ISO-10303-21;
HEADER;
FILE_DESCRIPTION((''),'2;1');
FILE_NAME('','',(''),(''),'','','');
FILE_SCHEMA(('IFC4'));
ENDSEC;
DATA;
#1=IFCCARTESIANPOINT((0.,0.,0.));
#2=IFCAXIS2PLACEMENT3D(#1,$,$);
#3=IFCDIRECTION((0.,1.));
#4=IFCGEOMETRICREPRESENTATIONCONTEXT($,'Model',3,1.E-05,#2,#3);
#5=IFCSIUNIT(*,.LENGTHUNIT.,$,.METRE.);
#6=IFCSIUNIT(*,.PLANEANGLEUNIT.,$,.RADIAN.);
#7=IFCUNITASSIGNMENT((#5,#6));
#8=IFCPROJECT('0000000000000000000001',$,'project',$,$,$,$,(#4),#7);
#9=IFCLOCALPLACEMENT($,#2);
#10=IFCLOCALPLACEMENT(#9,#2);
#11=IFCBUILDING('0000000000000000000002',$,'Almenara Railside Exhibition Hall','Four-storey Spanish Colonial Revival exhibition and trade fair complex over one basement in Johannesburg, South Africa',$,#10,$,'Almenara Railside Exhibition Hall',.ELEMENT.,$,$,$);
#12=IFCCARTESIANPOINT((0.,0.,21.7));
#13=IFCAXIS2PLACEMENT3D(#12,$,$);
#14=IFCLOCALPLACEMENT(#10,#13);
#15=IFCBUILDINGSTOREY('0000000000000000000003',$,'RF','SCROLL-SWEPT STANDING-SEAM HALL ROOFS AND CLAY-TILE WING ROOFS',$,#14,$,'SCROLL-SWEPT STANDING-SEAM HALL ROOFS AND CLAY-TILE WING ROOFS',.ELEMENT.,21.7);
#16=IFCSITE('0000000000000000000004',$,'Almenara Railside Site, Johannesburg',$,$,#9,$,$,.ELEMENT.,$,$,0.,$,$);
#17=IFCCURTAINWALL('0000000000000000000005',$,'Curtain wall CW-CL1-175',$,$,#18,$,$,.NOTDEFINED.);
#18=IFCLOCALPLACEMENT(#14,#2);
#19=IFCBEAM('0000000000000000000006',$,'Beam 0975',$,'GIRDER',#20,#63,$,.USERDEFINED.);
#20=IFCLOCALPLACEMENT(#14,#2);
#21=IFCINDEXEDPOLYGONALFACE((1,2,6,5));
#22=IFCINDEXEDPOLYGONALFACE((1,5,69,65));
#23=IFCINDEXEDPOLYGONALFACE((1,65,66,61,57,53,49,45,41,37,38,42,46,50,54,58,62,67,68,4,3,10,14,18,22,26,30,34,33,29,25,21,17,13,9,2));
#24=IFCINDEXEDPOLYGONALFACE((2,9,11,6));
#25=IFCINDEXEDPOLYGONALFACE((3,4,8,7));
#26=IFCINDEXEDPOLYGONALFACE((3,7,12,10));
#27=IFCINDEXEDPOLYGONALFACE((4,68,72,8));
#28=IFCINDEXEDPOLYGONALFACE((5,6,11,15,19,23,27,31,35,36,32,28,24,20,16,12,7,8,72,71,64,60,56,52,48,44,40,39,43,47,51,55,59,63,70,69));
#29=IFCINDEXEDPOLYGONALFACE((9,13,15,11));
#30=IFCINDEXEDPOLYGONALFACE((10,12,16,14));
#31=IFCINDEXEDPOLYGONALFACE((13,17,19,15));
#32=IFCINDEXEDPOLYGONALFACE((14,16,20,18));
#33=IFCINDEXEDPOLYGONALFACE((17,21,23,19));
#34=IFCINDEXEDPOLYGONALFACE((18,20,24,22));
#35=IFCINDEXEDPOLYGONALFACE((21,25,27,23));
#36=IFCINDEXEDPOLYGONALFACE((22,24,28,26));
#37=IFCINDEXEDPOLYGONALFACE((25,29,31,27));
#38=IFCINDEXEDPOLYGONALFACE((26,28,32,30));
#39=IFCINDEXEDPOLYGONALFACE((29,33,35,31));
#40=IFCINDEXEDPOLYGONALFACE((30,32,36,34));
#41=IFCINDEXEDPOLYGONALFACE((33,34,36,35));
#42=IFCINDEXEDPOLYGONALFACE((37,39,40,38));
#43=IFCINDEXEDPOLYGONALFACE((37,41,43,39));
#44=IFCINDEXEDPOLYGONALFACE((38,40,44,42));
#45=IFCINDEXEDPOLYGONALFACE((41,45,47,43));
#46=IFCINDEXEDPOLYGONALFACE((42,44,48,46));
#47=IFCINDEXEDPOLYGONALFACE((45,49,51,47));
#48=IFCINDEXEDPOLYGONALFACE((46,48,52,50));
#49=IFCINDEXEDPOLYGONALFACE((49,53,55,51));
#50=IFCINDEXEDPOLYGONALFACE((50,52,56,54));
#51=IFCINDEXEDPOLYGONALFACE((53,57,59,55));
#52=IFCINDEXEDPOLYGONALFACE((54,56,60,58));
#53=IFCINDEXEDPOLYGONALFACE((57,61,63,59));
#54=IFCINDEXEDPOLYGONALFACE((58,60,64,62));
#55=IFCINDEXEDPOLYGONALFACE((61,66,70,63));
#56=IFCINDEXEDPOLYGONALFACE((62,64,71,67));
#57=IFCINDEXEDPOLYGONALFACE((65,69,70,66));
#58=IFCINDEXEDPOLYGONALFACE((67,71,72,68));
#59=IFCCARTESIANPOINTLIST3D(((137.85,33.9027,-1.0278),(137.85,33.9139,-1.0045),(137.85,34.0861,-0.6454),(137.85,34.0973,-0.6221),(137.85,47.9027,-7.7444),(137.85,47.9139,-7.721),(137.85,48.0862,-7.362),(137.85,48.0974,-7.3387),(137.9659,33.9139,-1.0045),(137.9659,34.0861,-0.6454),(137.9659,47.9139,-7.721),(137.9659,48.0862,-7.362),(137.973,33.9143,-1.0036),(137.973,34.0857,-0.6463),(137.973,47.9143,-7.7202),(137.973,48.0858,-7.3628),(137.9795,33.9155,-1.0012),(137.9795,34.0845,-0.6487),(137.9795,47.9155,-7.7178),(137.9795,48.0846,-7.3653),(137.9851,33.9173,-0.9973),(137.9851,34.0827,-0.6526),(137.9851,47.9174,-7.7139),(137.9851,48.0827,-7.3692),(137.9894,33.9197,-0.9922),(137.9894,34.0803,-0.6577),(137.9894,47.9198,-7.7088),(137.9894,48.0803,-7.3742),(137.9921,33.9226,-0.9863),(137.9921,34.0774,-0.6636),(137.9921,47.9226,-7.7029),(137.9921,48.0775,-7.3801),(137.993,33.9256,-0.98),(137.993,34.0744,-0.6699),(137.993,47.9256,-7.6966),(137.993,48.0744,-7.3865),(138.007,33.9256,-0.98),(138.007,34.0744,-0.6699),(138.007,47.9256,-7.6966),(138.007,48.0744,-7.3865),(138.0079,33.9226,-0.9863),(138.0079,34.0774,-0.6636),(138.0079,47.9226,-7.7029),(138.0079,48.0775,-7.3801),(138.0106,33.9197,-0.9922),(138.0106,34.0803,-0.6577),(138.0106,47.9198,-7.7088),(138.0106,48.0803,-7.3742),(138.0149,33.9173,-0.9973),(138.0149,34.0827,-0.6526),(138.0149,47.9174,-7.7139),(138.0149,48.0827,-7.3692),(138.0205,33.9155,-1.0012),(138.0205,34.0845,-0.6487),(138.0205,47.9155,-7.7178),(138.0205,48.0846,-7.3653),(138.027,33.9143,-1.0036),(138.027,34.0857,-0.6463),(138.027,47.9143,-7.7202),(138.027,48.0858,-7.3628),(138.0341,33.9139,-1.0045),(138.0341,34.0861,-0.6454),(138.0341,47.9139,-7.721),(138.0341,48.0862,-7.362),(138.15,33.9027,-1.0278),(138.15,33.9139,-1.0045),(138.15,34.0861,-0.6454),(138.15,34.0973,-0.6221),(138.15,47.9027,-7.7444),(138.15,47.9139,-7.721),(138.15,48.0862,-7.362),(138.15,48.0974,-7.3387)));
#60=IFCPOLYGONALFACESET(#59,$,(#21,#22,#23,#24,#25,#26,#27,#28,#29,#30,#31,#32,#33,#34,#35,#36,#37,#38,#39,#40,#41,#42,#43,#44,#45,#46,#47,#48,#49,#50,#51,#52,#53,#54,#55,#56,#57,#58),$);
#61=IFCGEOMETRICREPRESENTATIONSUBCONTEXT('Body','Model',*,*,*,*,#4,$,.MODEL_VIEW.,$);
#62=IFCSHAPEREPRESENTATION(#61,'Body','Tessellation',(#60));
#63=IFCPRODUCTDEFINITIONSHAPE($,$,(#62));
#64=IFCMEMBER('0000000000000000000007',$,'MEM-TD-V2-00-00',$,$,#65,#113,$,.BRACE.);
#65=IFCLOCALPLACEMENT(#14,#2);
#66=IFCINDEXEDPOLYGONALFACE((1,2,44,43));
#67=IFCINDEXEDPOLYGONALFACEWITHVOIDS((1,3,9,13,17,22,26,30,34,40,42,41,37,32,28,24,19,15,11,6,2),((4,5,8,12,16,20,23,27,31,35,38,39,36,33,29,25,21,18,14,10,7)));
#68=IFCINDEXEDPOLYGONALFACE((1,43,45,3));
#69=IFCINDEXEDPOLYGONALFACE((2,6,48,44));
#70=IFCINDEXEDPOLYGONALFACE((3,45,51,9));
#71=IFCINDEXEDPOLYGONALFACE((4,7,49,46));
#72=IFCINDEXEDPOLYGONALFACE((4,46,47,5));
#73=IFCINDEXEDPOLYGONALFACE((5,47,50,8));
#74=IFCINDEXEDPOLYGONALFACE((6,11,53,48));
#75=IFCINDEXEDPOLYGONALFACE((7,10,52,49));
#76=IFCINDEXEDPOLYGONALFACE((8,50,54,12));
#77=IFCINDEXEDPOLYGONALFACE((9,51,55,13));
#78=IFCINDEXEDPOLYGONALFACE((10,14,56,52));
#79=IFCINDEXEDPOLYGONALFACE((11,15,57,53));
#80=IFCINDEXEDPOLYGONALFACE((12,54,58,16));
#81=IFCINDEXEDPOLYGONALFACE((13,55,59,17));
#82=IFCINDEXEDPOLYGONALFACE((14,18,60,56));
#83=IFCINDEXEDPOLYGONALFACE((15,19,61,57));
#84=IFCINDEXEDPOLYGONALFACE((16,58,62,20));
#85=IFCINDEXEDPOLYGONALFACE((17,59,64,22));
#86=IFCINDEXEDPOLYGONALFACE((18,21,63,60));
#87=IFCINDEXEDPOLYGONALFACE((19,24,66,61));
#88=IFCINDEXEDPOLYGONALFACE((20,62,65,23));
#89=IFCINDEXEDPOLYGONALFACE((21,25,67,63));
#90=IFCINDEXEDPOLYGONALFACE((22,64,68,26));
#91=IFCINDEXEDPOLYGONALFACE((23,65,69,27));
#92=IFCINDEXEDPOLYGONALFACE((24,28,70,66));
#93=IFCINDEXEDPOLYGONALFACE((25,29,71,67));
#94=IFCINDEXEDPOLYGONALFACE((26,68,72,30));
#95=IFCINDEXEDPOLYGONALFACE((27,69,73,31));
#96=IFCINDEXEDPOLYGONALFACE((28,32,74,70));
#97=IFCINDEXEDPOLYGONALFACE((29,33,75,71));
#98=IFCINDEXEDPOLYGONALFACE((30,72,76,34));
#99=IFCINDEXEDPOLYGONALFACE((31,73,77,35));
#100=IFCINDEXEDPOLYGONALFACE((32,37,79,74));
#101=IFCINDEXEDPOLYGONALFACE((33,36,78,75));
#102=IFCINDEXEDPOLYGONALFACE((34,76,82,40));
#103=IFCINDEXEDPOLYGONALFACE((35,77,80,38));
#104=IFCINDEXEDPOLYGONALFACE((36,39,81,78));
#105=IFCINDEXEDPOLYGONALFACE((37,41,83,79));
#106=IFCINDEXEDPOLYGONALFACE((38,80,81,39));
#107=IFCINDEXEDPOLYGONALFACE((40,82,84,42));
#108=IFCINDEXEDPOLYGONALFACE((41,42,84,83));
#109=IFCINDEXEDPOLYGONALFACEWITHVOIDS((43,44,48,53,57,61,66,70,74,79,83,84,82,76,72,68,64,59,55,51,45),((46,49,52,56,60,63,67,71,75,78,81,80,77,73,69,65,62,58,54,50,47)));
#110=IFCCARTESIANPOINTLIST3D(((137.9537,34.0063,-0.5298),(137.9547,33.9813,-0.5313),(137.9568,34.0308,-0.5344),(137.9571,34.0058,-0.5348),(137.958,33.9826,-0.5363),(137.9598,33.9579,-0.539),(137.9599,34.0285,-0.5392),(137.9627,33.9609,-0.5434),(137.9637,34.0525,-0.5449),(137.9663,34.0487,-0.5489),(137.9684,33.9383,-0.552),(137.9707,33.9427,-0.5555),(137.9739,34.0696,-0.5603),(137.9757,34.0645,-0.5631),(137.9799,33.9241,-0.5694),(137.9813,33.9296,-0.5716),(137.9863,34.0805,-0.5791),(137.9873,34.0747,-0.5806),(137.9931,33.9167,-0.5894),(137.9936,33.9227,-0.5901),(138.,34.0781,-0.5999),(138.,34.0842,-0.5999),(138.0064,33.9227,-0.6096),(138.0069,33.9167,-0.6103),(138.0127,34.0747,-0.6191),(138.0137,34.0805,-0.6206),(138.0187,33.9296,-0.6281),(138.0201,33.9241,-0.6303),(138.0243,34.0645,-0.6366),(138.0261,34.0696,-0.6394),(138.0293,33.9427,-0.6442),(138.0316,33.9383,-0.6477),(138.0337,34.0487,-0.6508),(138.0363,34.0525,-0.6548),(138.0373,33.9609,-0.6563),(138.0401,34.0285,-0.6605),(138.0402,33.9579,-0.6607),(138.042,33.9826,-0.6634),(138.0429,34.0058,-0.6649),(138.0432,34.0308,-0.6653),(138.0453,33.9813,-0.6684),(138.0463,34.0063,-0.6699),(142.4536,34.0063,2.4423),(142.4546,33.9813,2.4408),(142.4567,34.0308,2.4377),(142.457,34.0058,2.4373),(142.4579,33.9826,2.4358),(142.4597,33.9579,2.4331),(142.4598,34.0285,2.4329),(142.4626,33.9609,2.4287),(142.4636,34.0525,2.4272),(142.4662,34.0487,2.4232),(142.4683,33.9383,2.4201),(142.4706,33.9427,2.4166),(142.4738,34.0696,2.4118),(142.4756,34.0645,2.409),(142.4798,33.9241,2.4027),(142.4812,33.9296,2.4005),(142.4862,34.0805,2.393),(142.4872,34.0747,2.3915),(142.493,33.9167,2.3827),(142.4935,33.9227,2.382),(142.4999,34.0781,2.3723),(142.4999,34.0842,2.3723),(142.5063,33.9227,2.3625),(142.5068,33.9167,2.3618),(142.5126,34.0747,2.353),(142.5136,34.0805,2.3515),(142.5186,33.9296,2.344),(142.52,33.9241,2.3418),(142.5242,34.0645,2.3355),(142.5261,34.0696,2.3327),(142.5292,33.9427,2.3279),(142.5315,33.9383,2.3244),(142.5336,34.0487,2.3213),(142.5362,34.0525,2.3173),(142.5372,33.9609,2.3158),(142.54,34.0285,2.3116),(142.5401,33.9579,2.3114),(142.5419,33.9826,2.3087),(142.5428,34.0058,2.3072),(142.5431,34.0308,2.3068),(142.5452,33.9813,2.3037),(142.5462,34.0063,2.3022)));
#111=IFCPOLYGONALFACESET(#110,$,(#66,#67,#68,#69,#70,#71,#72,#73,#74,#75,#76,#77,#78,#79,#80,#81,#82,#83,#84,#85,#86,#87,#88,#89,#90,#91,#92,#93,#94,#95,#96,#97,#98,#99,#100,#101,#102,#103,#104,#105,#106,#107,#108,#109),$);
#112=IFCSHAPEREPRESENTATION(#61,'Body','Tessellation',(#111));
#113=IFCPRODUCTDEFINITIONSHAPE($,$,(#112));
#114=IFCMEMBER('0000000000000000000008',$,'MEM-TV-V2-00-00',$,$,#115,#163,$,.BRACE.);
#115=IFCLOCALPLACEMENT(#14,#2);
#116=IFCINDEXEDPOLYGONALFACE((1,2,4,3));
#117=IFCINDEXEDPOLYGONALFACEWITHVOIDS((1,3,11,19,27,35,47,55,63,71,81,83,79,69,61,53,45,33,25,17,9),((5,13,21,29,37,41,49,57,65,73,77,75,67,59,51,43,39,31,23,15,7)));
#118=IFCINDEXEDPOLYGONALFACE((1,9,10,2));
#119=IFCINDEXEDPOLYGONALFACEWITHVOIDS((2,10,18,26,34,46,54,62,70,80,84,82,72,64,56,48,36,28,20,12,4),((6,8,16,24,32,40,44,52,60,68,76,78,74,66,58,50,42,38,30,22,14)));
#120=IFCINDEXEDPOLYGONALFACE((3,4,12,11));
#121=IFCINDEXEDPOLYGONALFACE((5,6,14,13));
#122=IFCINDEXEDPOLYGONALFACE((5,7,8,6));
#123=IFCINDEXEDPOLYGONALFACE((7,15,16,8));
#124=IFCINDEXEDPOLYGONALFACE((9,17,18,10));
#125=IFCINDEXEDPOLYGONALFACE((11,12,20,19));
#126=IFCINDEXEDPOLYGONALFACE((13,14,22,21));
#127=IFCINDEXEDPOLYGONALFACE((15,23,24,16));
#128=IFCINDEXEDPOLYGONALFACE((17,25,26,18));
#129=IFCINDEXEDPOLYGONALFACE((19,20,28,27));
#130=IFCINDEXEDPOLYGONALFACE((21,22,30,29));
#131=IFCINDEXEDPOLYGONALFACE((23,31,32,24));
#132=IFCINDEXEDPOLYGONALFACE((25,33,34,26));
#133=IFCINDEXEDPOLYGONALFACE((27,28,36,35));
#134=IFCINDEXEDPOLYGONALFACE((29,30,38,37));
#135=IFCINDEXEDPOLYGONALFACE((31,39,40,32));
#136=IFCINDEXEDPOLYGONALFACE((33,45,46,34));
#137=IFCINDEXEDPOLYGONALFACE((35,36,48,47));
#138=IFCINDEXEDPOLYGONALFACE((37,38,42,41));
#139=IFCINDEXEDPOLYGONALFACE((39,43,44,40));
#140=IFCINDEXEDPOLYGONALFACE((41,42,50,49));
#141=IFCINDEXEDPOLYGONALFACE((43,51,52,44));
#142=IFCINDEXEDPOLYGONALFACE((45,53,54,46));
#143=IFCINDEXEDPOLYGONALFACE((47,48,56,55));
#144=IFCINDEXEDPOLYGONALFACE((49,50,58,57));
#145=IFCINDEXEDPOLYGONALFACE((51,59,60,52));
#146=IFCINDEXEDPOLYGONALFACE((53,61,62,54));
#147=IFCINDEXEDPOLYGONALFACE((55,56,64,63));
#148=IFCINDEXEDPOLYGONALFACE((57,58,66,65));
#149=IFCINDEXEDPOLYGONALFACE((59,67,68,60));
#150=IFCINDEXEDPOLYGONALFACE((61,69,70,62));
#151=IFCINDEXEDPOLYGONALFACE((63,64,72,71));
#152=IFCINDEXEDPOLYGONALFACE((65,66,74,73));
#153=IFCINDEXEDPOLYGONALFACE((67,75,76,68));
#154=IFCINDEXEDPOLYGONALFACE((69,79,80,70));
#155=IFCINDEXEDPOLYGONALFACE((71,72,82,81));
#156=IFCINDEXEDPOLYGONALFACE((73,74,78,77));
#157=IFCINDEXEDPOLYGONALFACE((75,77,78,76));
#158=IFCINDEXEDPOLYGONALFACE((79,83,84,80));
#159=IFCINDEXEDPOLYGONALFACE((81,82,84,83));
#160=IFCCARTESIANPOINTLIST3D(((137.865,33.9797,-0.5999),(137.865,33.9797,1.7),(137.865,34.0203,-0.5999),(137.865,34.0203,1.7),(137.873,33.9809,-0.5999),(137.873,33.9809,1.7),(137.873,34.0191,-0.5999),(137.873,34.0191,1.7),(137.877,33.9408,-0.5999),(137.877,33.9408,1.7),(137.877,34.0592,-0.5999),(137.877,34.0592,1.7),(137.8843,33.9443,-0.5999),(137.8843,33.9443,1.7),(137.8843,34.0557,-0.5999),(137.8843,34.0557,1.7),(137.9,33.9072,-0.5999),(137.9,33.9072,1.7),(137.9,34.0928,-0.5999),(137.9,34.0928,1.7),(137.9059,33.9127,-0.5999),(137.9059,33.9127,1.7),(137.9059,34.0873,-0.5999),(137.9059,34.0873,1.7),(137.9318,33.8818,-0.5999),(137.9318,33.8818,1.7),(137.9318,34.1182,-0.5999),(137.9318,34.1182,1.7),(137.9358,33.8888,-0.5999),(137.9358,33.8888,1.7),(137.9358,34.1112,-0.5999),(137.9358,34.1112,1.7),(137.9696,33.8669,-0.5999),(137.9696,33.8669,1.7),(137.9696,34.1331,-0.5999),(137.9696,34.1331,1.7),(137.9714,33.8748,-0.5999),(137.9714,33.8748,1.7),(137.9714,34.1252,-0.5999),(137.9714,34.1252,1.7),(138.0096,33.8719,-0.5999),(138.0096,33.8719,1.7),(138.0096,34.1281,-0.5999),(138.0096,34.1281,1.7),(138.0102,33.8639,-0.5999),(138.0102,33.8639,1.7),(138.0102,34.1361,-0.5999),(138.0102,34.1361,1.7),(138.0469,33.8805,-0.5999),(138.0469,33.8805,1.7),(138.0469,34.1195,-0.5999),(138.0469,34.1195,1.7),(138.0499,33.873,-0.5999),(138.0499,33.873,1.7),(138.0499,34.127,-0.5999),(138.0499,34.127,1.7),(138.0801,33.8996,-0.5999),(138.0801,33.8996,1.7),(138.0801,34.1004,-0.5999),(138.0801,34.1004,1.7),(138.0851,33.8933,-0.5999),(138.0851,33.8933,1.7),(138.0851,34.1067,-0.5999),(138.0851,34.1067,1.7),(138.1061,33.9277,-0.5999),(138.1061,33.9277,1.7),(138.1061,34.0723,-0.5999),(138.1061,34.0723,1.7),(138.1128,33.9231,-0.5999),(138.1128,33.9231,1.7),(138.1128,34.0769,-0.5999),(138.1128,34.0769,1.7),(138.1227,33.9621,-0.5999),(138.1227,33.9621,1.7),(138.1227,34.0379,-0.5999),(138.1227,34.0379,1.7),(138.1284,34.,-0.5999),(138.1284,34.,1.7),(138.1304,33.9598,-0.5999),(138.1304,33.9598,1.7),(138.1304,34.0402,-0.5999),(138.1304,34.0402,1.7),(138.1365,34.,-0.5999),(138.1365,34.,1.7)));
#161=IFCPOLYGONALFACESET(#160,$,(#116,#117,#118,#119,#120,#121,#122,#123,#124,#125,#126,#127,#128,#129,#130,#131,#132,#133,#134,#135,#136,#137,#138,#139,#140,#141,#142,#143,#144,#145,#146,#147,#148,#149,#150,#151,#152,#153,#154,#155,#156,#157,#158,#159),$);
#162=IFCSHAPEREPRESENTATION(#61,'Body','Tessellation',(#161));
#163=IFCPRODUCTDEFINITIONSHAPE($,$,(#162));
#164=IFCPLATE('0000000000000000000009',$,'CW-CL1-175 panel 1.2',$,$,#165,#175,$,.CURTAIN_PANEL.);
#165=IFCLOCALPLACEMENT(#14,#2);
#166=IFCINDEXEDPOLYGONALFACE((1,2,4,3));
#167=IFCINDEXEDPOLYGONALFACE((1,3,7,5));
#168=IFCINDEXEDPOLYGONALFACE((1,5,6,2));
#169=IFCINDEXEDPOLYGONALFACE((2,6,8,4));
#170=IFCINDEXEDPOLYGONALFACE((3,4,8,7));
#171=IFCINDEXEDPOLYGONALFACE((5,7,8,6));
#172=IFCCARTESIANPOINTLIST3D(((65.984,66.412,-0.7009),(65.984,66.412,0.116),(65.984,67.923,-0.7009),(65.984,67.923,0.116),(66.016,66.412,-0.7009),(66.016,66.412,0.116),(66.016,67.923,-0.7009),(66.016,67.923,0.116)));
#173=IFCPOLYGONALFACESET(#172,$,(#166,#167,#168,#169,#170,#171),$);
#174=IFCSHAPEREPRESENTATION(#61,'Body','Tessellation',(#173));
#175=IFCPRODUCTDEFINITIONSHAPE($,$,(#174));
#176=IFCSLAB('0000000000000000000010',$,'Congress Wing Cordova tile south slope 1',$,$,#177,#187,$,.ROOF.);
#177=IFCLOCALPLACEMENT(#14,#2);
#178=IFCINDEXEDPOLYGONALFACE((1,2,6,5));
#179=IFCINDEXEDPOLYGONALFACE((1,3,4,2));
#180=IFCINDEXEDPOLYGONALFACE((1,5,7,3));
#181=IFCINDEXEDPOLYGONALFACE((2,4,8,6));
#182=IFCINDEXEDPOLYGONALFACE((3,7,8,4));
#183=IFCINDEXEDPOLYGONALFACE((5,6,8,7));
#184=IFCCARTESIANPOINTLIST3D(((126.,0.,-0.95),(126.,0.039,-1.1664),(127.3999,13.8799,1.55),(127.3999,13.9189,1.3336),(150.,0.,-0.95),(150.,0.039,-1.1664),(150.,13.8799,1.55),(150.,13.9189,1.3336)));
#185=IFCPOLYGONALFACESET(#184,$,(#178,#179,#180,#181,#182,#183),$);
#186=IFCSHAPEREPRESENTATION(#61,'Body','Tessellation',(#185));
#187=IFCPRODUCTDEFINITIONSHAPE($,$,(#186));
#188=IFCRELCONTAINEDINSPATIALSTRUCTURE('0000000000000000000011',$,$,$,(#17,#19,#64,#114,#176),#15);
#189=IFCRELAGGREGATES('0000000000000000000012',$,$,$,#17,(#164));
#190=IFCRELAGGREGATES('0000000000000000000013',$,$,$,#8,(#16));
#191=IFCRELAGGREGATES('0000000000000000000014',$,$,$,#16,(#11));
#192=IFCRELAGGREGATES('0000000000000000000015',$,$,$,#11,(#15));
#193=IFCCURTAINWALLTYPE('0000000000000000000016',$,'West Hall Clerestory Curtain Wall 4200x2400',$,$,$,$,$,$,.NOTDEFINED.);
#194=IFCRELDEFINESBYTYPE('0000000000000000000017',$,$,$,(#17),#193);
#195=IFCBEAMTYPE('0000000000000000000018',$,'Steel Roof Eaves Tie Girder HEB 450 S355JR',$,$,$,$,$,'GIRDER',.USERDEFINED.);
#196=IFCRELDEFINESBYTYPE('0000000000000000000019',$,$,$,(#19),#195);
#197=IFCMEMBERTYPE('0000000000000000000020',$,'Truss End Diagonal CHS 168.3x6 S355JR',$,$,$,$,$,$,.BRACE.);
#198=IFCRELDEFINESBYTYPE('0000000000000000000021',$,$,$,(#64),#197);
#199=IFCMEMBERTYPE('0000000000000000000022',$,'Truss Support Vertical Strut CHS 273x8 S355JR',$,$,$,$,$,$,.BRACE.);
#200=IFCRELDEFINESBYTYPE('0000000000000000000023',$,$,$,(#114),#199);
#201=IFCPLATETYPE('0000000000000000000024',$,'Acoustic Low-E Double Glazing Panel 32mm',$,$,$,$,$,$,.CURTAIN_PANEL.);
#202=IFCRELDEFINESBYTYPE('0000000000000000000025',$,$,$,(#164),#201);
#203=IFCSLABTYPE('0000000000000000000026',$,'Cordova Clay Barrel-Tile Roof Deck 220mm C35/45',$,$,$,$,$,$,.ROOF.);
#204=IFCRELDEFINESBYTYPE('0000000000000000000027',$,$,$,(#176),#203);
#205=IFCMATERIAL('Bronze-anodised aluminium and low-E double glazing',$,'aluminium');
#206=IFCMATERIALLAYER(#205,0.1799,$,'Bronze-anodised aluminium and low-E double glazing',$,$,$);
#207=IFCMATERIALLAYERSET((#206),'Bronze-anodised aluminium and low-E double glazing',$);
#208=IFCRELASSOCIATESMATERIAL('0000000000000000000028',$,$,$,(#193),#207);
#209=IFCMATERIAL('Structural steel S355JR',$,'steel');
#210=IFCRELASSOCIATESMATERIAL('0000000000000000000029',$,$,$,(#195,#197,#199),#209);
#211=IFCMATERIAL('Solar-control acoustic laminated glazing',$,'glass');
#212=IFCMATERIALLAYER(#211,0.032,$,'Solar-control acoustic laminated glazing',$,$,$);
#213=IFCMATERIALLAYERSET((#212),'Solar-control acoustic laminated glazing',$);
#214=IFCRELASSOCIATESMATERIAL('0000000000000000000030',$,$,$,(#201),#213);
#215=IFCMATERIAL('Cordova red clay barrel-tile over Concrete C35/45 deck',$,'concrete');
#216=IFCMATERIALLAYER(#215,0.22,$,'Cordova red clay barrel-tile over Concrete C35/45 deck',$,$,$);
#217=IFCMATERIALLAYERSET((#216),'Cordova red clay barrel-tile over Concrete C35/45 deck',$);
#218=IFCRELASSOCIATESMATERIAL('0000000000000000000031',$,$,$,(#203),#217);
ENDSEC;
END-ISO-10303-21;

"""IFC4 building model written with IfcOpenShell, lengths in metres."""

from ifc_helpers import new_model, si_unit, direction, frame, origin, origin_2d, place, context, subcontext, project, spatial, polyline, rectangle, hollow_circle, i_section, outline, extrude, material, layer, layer_set, material_profile, profile_set, type_object, element, aggregate, save


model = new_model("IFC4")

# Units and contexts
model_context = context("Model", 3, precision=1e-05, world=origin(), true_north=direction((0.0, 1.0)))
body_context = subcontext(model_context, "Body", "Model", "MODEL_VIEW")
ifc_project = project(units=[si_unit("LENGTHUNIT", "METRE"), si_unit("PLANEANGLEUNIT", "RADIAN")], contexts=[model_context])

# Site, building, storey
site_placement = place(None, origin())
site = spatial("IfcSite", under=ifc_project, at=site_placement, Name="Almenara Railside Site, Johannesburg", CompositionType="ELEMENT", RefElevation=0.0)
building_placement = place(site_placement, origin())
building = spatial("IfcBuilding", under=site, at=building_placement, Name="Almenara Railside Exhibition Hall", Description="Four-storey Spanish Colonial Revival exhibition and trade fair complex over one basement in Johannesburg, South Africa", LongName="Almenara Railside Exhibition Hall", CompositionType="ELEMENT")
storey_placement = place(building_placement, frame((0.0, 0.0, 21.7)))
storey = spatial("IfcBuildingStorey", under=building, at=storey_placement, Name="RF", Description="SCROLL-SWEPT STANDING-SEAM HALL ROOFS AND CLAY-TILE WING ROOFS", LongName="SCROLL-SWEPT STANDING-SEAM HALL ROOFS AND CLAY-TILE WING ROOFS", CompositionType="ELEMENT", Elevation=21.7)

# Shared definitions
ifc_material_1 = material(Name="Structural steel S355JR", Category="steel")

# Curtain wall
ifc_material_2 = material(Name="Bronze-anodised aluminium and low-E double glazing", Category="aluminium")
ifc_layer_1 = layer(ifc_material_2, 0.1799, Name="Bronze-anodised aluminium and low-E double glazing")
ifc_layer_set_1 = layer_set([ifc_layer_1], Name="Bronze-anodised aluminium and low-E double glazing")
curtain_wall_type = type_object("IfcCurtainWallType", Name="West Hall Clerestory Curtain Wall 4200x2400", PredefinedType="NOTDEFINED", material=ifc_layer_set_1)
curtain_wall_placement = place(storey_placement, origin())
curtain_wall = element("IfcCurtainWall", 1, at=curtain_wall_placement, inside=storey, type_object=curtain_wall_type, Name="Curtain wall CW-CL1-175", PredefinedType="NOTDEFINED")

# Beam
ifc_material_profile_1 = material_profile(ifc_material_1, i_section(OverallWidth=0.3, OverallDepth=0.45, WebThickness=0.0139, FlangeThickness=0.0259, FilletRadius=0.0271, at=origin_2d()), Name="HEB 450")
ifc_profile_set_1 = profile_set([ifc_material_profile_1], Name="Structural steel S355JR")
beam_type = type_object("IfcBeamType", Name="Steel Roof Eaves Tie Girder HEB 450 S355JR", ElementType="GIRDER", PredefinedType="USERDEFINED", material=ifc_profile_set_1)
beam_placement = place(storey_placement, frame((138.0, 34.0, -0.825), z_axis=(0.0, 0.90161, -0.432551), x_axis=(-1.0, 0.0, 0.0)))
element("IfcBeam", 2, at=beam_placement, inside=storey, type_object=beam_type, Name="Beam 0975", ObjectType="GIRDER", PredefinedType="USERDEFINED", context=body_context, shape_type="SweptSolid", body=[
    extrude(i_section(OverallWidth=0.3, OverallDepth=0.45, WebThickness=0.0139, FlangeThickness=0.0259, FilletRadius=0.0271, at=origin_2d()), origin(), (0.0, 0.0, 1.0), 15.5278),
])

# Members
ifc_material_profile_2 = material_profile(ifc_material_1, hollow_circle(Radius=0.0842, WallThickness=0.0061, at=origin_2d()), Name="CHS 168.3x6")
ifc_profile_set_2 = profile_set([ifc_material_profile_2], Name="Structural steel S355JR")
member_type_1 = type_object("IfcMemberType", Name="Truss End Diagonal CHS 168.3x6 S355JR", PredefinedType="BRACE", material=ifc_profile_set_2)
member_1_placement = place(storey_placement, frame((138.0, 34.0, -0.5999), z_axis=(0.834425, 0.0, 0.551122), x_axis=(0.0, 1.0, 0.0)))
element("IfcMember", 3, at=member_1_placement, inside=storey, type_object=member_type_1, Name="MEM-TD-V2-00-00", PredefinedType="BRACE", context=body_context, shape_type="SweptSolid", body=[
    extrude(hollow_circle(Radius=0.0842, WallThickness=0.0061, at=origin_2d()), origin(), (0.0, 0.0, 1.0), 5.3928),
])
ifc_material_profile_3 = material_profile(ifc_material_1, hollow_circle(Radius=0.1365, WallThickness=0.0081, at=origin_2d()), Name="CHS 273x8")
ifc_profile_set_3 = profile_set([ifc_material_profile_3], Name="Structural steel S355JR")
member_type_2 = type_object("IfcMemberType", Name="Truss Support Vertical Strut CHS 273x8 S355JR", PredefinedType="BRACE", material=ifc_profile_set_3)
member_2_placement = place(storey_placement, frame((138.0, 34.0, -0.5999), z_axis=(0.0, 0.0, 1.0), x_axis=(1.0, 0.0, 0.0)))
element("IfcMember", 4, at=member_2_placement, inside=storey, type_object=member_type_2, Name="MEM-TV-V2-00-00", PredefinedType="BRACE", context=body_context, shape_type="SweptSolid", body=[
    extrude(hollow_circle(Radius=0.1365, WallThickness=0.0081, at=origin_2d()), origin(), (0.0, 0.0, 1.0), 2.2998),
])

# Plate
ifc_material_3 = material(Name="Solar-control acoustic laminated glazing", Category="glass")
ifc_layer_2 = layer(ifc_material_3, 0.032, Name="Solar-control acoustic laminated glazing")
ifc_layer_set_2 = layer_set([ifc_layer_2], Name="Solar-control acoustic laminated glazing")
plate_type_1 = type_object("IfcPlateType", Name="Acoustic Low-E Double Glazing Panel 32mm", PredefinedType="CURTAIN_PANEL", material=ifc_layer_set_2)
plate_1_placement = place(storey_placement, frame((66.0, 67.1675, -0.7009), z_axis=(0.0, 0.0, 1.0), x_axis=(0.0, 1.0, 0.0)))
plate_1 = element("IfcPlate", 5, at=plate_1_placement, type_object=plate_type_1, Name="CW-CL1-175 panel 1.2", PredefinedType="CURTAIN_PANEL", context=body_context, shape_type="SweptSolid", body=[
    extrude(rectangle(XDim=1.511, YDim=0.032, at=origin_2d()), origin(), (0.0, 0.0, 1.0), 0.8169),
])
aggregate(curtain_wall, [plate_1])

# Slab
ifc_material_4 = material(Name="Cordova red clay barrel-tile over Concrete C35/45 deck", Category="concrete")
ifc_layer_3 = layer(ifc_material_4, 0.22, Name="Cordova red clay barrel-tile over Concrete C35/45 deck")
ifc_layer_set_3 = layer_set([ifc_layer_3], Name="Cordova red clay barrel-tile over Concrete C35/45 deck")
slab_type = type_object("IfcSlabType", Name="Cordova Clay Barrel-Tile Roof Deck 220mm C35/45", PredefinedType="ROOF", material=ifc_layer_set_3)
slab_1_placement = place(storey_placement, frame((126.0, 0.0, -0.95), z_axis=(0.0, -0.177264, 0.984163), x_axis=(1.0, 0.0, 0.0)))
element("IfcSlab", 6, at=slab_1_placement, inside=storey, type_object=slab_type, Name="Congress Wing Cordova tile south slope 1", PredefinedType="ROOF", context=body_context, shape_type="SweptSolid", body=[
    extrude(outline(polyline([(0.0, 0.0), (24.0, 0.0), (24.0, 14.1032), (1.3999, 14.1032), (0.0, 0.0)])), origin(), (0.0, 0.0, -1.0), 0.22),
])

save(model, "model.ifc")
